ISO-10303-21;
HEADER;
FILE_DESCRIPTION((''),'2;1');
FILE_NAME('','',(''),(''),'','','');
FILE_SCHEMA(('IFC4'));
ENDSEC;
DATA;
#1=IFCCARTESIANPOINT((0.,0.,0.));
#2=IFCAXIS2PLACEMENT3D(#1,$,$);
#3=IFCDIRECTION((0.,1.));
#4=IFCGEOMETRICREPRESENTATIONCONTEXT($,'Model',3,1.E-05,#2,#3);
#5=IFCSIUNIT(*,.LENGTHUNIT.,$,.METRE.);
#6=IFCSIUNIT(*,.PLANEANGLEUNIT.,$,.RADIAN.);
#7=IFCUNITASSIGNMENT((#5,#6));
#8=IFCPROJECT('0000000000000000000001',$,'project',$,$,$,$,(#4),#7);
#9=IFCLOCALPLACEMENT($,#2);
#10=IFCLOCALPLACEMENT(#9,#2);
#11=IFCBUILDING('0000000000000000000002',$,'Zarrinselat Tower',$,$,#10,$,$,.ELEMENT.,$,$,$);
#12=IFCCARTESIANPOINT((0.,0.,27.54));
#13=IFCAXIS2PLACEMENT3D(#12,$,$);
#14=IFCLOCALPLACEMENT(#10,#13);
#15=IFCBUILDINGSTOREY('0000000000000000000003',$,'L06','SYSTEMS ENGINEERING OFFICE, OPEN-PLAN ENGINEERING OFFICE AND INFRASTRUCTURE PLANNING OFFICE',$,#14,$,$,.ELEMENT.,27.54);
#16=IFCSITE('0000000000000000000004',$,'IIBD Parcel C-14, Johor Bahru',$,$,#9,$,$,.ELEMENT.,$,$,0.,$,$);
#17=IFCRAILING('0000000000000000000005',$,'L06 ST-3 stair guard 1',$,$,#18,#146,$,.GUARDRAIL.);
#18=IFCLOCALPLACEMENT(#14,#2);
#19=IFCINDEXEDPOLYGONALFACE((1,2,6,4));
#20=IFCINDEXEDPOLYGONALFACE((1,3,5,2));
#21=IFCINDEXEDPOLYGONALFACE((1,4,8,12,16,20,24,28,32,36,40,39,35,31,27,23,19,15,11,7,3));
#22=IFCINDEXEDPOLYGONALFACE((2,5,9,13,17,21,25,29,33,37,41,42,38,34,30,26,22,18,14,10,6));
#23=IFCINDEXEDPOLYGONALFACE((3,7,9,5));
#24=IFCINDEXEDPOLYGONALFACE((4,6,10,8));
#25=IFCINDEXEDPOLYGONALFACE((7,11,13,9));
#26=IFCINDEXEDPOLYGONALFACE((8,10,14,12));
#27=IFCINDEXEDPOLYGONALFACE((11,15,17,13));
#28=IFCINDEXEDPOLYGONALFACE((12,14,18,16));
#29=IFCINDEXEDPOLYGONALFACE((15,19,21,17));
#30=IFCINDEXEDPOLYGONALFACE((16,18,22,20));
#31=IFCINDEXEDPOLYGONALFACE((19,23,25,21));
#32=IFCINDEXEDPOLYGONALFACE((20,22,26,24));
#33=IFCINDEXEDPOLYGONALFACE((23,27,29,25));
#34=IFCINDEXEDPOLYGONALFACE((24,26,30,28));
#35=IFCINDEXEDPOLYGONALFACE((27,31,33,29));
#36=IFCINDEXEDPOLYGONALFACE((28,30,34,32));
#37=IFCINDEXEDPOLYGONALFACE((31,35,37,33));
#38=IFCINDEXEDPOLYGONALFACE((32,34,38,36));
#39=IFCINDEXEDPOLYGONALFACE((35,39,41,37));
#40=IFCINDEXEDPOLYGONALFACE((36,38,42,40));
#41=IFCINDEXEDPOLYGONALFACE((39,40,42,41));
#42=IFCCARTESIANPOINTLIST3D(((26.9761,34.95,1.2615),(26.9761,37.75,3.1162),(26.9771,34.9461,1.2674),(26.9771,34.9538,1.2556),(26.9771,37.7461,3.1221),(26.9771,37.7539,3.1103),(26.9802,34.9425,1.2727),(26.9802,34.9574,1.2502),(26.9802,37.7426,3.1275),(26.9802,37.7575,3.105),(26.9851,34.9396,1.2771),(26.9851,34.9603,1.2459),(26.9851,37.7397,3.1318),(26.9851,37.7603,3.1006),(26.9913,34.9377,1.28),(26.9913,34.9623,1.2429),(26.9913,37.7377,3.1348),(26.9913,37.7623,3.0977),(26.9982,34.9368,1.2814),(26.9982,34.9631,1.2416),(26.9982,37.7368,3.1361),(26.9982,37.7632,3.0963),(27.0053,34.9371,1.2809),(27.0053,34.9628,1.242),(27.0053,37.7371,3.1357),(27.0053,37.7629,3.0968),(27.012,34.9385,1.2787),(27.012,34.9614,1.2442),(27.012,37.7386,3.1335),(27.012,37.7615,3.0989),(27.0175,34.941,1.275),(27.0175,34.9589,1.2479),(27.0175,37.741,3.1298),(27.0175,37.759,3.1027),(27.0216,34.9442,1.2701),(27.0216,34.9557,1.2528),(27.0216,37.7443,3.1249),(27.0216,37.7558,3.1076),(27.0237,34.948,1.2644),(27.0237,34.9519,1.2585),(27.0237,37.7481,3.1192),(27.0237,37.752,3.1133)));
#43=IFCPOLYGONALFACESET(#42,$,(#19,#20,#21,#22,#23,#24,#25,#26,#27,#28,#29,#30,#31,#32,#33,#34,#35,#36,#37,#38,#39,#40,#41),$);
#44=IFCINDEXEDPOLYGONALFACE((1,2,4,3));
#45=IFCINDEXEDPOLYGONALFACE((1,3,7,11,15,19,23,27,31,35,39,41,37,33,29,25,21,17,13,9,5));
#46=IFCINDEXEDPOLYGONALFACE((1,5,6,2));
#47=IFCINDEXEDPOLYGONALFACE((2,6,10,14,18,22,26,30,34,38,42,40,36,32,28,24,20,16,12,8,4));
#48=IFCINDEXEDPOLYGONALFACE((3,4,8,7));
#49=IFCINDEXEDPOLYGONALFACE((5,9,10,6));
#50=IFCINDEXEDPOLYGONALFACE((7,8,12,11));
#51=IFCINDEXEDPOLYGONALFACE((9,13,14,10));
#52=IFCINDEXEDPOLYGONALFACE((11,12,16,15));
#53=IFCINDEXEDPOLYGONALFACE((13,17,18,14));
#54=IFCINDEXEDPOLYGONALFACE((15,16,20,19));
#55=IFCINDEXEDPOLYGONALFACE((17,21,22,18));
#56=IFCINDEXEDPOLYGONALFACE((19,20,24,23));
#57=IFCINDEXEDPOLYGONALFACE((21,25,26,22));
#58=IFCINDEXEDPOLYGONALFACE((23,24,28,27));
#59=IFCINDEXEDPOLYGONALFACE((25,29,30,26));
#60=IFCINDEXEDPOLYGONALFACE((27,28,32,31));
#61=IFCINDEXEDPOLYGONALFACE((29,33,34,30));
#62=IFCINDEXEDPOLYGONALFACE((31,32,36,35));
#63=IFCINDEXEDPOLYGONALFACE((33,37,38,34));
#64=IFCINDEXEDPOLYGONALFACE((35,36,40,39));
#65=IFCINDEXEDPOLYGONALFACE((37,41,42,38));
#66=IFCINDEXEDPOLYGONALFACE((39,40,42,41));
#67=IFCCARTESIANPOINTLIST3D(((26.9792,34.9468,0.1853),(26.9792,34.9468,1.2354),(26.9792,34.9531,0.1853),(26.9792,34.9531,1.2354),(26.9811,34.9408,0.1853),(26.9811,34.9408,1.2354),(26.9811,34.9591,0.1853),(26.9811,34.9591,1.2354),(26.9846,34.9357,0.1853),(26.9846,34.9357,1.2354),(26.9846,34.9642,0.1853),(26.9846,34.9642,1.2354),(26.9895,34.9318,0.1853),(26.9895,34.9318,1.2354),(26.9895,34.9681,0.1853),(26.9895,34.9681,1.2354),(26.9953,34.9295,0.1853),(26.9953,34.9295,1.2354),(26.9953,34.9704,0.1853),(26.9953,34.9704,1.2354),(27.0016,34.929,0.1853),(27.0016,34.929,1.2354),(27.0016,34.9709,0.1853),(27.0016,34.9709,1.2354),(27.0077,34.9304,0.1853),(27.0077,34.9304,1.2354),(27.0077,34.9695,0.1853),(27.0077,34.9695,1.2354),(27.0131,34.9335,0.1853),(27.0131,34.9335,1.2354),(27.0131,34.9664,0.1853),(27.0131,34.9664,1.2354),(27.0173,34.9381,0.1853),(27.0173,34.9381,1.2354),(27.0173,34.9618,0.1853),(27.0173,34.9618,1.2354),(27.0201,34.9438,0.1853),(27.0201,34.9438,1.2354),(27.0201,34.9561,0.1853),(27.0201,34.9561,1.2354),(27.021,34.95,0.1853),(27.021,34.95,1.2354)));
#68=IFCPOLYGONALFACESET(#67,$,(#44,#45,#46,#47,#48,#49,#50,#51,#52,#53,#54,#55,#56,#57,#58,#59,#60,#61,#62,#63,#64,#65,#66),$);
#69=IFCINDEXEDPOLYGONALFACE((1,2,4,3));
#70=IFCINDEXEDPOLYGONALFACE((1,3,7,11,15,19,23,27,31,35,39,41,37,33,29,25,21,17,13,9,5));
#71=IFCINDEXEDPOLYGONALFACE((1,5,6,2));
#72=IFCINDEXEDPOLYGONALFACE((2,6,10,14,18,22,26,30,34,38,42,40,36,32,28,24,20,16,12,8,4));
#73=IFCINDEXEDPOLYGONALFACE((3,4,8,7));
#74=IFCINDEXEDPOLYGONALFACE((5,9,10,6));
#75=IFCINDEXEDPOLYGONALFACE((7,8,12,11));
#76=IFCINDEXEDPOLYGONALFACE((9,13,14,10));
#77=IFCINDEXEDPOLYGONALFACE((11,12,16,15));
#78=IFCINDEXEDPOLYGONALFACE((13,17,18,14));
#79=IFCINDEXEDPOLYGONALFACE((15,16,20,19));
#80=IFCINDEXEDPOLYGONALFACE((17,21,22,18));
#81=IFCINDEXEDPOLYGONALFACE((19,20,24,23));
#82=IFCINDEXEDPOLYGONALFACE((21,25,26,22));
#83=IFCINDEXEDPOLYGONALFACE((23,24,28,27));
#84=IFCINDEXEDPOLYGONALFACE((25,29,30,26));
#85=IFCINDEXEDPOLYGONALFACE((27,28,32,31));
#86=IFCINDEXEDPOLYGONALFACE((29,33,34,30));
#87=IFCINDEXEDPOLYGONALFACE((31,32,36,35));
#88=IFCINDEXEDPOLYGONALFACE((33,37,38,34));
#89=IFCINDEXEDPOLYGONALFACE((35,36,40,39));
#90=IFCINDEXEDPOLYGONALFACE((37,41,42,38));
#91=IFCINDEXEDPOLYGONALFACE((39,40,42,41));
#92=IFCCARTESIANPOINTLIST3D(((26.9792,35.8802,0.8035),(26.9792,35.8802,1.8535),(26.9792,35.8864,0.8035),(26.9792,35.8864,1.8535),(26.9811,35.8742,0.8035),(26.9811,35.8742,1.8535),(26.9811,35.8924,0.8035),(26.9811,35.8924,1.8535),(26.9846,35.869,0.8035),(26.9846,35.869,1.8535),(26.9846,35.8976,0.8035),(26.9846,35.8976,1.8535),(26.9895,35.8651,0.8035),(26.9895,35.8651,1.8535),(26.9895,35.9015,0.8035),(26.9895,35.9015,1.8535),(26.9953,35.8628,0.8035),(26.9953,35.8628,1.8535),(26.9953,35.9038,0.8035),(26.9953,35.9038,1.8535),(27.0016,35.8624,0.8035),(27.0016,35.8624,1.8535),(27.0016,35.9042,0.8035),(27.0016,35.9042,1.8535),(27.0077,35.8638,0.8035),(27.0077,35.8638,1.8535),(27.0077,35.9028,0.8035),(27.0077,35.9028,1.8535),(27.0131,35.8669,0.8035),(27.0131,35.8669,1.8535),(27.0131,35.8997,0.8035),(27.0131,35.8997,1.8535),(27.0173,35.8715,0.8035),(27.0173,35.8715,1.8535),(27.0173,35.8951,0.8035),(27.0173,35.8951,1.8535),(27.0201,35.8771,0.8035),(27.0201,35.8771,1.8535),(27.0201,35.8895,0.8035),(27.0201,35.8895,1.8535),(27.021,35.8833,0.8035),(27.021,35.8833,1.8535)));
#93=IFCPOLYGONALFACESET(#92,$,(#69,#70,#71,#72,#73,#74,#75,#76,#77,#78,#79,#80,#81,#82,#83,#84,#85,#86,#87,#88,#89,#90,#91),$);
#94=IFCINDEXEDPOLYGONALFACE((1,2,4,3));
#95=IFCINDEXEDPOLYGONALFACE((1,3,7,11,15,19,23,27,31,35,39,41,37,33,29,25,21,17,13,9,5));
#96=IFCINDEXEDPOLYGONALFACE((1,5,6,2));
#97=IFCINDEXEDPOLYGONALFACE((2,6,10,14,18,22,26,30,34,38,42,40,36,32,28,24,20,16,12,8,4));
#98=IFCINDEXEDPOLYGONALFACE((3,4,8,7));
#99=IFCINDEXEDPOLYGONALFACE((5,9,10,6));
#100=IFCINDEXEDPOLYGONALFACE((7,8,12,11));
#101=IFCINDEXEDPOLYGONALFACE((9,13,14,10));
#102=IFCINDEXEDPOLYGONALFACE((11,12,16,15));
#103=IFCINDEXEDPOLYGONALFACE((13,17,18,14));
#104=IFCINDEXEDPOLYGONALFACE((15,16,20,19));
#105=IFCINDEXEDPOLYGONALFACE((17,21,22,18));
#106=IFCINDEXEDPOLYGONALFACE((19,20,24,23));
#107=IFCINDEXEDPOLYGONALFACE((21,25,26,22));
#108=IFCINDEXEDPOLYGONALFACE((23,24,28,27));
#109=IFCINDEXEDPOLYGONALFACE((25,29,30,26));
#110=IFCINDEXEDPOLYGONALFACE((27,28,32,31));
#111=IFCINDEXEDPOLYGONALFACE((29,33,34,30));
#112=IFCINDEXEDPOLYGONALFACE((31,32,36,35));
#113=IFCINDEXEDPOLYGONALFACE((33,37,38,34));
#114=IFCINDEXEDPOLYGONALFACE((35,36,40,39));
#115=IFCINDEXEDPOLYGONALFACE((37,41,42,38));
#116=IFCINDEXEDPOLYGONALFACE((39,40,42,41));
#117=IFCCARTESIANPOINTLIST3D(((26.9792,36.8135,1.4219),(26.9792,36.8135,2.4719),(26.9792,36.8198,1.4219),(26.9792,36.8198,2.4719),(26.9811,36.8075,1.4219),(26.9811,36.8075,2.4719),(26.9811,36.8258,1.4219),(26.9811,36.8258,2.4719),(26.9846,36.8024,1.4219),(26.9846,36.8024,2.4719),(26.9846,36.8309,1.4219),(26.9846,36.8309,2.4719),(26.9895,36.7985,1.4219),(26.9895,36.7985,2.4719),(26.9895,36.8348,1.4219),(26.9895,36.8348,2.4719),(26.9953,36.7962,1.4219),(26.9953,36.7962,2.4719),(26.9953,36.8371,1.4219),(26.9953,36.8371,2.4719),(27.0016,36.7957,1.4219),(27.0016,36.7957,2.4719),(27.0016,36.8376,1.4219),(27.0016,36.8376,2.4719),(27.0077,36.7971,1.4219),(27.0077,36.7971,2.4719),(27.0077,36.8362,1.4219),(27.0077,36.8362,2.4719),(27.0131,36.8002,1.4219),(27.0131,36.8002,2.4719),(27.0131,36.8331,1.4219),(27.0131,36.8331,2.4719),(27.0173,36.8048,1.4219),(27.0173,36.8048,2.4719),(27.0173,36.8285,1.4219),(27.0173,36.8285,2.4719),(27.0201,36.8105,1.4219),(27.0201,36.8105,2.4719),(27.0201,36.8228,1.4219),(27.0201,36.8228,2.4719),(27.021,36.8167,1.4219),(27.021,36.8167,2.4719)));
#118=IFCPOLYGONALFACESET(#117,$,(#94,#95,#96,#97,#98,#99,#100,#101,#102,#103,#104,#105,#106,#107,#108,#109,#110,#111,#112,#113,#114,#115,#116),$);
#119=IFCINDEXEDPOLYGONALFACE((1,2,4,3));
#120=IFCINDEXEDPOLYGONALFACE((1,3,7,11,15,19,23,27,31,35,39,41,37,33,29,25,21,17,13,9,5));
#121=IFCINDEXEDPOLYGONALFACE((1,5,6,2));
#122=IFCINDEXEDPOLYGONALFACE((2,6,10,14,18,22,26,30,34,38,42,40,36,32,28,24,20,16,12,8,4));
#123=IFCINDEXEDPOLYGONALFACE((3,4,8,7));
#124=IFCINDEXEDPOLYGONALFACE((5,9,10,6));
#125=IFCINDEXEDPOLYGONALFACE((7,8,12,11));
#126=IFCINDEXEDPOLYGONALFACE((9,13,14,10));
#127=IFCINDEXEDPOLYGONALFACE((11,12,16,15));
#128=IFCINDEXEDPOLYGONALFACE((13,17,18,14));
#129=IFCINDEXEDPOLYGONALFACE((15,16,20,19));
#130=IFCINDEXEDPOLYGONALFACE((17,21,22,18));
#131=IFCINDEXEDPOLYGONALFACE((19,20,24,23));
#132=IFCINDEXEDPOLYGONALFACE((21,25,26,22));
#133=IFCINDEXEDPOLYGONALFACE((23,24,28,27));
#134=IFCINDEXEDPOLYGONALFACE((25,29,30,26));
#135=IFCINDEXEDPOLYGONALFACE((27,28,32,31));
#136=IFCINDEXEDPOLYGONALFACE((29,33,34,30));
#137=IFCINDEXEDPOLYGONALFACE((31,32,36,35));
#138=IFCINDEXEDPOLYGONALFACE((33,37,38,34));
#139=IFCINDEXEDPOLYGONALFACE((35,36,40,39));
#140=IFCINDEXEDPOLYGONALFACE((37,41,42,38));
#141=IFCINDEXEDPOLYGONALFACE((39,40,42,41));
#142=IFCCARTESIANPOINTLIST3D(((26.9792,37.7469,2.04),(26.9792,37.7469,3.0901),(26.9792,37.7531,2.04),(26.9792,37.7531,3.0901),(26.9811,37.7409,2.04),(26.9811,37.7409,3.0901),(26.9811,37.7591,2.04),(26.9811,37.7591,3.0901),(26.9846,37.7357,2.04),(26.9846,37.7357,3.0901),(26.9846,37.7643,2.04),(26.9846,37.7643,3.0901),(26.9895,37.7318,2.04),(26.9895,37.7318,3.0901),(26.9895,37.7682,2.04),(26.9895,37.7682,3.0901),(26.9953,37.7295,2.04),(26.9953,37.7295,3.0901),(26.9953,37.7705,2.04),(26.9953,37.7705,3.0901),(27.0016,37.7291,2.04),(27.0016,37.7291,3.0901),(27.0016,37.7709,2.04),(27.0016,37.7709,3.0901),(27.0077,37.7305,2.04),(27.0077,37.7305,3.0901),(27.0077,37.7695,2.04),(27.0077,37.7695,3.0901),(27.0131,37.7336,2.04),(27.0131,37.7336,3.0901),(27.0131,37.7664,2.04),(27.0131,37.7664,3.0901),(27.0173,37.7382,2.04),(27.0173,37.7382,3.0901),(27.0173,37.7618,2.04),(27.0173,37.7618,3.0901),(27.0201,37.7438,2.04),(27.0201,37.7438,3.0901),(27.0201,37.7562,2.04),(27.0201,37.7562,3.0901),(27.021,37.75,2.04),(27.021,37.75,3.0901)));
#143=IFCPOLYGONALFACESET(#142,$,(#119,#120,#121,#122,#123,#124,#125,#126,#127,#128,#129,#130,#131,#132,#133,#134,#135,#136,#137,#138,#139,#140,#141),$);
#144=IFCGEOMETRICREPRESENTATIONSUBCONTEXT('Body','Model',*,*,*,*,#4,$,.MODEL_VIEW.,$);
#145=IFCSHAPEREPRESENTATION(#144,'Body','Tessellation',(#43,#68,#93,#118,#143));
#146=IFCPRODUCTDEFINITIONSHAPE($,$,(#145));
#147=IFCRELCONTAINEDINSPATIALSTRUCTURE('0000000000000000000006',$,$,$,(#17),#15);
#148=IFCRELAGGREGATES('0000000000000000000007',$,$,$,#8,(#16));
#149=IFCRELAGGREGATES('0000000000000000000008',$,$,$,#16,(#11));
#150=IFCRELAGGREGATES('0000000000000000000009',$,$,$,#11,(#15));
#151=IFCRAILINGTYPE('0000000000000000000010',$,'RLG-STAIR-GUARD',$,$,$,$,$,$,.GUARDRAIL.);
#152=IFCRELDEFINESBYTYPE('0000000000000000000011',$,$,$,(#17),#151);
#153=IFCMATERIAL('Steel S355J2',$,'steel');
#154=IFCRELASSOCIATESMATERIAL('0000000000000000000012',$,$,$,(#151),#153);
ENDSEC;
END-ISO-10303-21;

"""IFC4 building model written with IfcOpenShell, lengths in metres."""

from ifc_helpers import new_model, si_unit, direction, frame, origin, origin_2d, place, context, subcontext, project, spatial, circle, extrude, material, type_object, element, save


model = new_model("IFC4")

# Units and contexts
model_context = context("Model", 3, precision=1e-05, world=origin(), true_north=direction((0.0, 1.0)))
body_context = subcontext(model_context, "Body", "Model", "MODEL_VIEW")
ifc_project = project(units=[si_unit("LENGTHUNIT", "METRE"), si_unit("PLANEANGLEUNIT", "RADIAN")], contexts=[model_context])

# Site, building, storey
site_placement = place(None, origin())
site = spatial("IfcSite", under=ifc_project, at=site_placement, Name="IIBD Parcel C-14, Johor Bahru", CompositionType="ELEMENT", RefElevation=0.0)
building_placement = place(site_placement, origin())
building = spatial("IfcBuilding", under=site, at=building_placement, Name="Zarrinselat Tower", CompositionType="ELEMENT")
storey_placement = place(building_placement, frame((0.0, 0.0, 27.54)))
storey = spatial("IfcBuildingStorey", under=building, at=storey_placement, Name="L06", Description="SYSTEMS ENGINEERING OFFICE, OPEN-PLAN ENGINEERING OFFICE AND INFRASTRUCTURE PLANNING OFFICE", CompositionType="ELEMENT", Elevation=27.54)

# Railing
ifc_material_1 = material(Name="Steel S355J2", Category="steel")
railing_type_1 = type_object("IfcRailingType", Name="RLG-STAIR-GUARD", PredefinedType="GUARDRAIL", material=ifc_material_1)
railing_1_placement = place(storey_placement, frame((27.0, 34.95, 0.1853)))
element("IfcRailing", 1, at=railing_1_placement, inside=storey, type_object=railing_type_1, Name="L06 ST-3 stair guard 1", PredefinedType="GUARDRAIL", context=body_context, shape_type="SweptSolid", body=[
    extrude(circle(Radius=0.0239, at=origin_2d()), frame((0.0, 0.0, 1.0762), z_axis=(0.0, 0.833691, 0.552232), x_axis=(-1.0, 0.0, 0.0)), (0.0, 0.0, 1.0), 3.3586),
    extrude(circle(Radius=0.021, at=origin_2d()), origin(), (0.0, 0.0, 1.0), 1.05),
    extrude(circle(Radius=0.021, at=origin_2d()), frame((0.0, 0.9333, 0.6182)), (0.0, 0.0, 1.0), 1.05),
    extrude(circle(Radius=0.021, at=origin_2d()), frame((0.0, 1.8667, 1.2366)), (0.0, 0.0, 1.0), 1.05),
    extrude(circle(Radius=0.021, at=origin_2d()), frame((0.0, 2.8, 1.8547)), (0.0, 0.0, 1.0), 1.05),
])

save(model, "model.ifc")
